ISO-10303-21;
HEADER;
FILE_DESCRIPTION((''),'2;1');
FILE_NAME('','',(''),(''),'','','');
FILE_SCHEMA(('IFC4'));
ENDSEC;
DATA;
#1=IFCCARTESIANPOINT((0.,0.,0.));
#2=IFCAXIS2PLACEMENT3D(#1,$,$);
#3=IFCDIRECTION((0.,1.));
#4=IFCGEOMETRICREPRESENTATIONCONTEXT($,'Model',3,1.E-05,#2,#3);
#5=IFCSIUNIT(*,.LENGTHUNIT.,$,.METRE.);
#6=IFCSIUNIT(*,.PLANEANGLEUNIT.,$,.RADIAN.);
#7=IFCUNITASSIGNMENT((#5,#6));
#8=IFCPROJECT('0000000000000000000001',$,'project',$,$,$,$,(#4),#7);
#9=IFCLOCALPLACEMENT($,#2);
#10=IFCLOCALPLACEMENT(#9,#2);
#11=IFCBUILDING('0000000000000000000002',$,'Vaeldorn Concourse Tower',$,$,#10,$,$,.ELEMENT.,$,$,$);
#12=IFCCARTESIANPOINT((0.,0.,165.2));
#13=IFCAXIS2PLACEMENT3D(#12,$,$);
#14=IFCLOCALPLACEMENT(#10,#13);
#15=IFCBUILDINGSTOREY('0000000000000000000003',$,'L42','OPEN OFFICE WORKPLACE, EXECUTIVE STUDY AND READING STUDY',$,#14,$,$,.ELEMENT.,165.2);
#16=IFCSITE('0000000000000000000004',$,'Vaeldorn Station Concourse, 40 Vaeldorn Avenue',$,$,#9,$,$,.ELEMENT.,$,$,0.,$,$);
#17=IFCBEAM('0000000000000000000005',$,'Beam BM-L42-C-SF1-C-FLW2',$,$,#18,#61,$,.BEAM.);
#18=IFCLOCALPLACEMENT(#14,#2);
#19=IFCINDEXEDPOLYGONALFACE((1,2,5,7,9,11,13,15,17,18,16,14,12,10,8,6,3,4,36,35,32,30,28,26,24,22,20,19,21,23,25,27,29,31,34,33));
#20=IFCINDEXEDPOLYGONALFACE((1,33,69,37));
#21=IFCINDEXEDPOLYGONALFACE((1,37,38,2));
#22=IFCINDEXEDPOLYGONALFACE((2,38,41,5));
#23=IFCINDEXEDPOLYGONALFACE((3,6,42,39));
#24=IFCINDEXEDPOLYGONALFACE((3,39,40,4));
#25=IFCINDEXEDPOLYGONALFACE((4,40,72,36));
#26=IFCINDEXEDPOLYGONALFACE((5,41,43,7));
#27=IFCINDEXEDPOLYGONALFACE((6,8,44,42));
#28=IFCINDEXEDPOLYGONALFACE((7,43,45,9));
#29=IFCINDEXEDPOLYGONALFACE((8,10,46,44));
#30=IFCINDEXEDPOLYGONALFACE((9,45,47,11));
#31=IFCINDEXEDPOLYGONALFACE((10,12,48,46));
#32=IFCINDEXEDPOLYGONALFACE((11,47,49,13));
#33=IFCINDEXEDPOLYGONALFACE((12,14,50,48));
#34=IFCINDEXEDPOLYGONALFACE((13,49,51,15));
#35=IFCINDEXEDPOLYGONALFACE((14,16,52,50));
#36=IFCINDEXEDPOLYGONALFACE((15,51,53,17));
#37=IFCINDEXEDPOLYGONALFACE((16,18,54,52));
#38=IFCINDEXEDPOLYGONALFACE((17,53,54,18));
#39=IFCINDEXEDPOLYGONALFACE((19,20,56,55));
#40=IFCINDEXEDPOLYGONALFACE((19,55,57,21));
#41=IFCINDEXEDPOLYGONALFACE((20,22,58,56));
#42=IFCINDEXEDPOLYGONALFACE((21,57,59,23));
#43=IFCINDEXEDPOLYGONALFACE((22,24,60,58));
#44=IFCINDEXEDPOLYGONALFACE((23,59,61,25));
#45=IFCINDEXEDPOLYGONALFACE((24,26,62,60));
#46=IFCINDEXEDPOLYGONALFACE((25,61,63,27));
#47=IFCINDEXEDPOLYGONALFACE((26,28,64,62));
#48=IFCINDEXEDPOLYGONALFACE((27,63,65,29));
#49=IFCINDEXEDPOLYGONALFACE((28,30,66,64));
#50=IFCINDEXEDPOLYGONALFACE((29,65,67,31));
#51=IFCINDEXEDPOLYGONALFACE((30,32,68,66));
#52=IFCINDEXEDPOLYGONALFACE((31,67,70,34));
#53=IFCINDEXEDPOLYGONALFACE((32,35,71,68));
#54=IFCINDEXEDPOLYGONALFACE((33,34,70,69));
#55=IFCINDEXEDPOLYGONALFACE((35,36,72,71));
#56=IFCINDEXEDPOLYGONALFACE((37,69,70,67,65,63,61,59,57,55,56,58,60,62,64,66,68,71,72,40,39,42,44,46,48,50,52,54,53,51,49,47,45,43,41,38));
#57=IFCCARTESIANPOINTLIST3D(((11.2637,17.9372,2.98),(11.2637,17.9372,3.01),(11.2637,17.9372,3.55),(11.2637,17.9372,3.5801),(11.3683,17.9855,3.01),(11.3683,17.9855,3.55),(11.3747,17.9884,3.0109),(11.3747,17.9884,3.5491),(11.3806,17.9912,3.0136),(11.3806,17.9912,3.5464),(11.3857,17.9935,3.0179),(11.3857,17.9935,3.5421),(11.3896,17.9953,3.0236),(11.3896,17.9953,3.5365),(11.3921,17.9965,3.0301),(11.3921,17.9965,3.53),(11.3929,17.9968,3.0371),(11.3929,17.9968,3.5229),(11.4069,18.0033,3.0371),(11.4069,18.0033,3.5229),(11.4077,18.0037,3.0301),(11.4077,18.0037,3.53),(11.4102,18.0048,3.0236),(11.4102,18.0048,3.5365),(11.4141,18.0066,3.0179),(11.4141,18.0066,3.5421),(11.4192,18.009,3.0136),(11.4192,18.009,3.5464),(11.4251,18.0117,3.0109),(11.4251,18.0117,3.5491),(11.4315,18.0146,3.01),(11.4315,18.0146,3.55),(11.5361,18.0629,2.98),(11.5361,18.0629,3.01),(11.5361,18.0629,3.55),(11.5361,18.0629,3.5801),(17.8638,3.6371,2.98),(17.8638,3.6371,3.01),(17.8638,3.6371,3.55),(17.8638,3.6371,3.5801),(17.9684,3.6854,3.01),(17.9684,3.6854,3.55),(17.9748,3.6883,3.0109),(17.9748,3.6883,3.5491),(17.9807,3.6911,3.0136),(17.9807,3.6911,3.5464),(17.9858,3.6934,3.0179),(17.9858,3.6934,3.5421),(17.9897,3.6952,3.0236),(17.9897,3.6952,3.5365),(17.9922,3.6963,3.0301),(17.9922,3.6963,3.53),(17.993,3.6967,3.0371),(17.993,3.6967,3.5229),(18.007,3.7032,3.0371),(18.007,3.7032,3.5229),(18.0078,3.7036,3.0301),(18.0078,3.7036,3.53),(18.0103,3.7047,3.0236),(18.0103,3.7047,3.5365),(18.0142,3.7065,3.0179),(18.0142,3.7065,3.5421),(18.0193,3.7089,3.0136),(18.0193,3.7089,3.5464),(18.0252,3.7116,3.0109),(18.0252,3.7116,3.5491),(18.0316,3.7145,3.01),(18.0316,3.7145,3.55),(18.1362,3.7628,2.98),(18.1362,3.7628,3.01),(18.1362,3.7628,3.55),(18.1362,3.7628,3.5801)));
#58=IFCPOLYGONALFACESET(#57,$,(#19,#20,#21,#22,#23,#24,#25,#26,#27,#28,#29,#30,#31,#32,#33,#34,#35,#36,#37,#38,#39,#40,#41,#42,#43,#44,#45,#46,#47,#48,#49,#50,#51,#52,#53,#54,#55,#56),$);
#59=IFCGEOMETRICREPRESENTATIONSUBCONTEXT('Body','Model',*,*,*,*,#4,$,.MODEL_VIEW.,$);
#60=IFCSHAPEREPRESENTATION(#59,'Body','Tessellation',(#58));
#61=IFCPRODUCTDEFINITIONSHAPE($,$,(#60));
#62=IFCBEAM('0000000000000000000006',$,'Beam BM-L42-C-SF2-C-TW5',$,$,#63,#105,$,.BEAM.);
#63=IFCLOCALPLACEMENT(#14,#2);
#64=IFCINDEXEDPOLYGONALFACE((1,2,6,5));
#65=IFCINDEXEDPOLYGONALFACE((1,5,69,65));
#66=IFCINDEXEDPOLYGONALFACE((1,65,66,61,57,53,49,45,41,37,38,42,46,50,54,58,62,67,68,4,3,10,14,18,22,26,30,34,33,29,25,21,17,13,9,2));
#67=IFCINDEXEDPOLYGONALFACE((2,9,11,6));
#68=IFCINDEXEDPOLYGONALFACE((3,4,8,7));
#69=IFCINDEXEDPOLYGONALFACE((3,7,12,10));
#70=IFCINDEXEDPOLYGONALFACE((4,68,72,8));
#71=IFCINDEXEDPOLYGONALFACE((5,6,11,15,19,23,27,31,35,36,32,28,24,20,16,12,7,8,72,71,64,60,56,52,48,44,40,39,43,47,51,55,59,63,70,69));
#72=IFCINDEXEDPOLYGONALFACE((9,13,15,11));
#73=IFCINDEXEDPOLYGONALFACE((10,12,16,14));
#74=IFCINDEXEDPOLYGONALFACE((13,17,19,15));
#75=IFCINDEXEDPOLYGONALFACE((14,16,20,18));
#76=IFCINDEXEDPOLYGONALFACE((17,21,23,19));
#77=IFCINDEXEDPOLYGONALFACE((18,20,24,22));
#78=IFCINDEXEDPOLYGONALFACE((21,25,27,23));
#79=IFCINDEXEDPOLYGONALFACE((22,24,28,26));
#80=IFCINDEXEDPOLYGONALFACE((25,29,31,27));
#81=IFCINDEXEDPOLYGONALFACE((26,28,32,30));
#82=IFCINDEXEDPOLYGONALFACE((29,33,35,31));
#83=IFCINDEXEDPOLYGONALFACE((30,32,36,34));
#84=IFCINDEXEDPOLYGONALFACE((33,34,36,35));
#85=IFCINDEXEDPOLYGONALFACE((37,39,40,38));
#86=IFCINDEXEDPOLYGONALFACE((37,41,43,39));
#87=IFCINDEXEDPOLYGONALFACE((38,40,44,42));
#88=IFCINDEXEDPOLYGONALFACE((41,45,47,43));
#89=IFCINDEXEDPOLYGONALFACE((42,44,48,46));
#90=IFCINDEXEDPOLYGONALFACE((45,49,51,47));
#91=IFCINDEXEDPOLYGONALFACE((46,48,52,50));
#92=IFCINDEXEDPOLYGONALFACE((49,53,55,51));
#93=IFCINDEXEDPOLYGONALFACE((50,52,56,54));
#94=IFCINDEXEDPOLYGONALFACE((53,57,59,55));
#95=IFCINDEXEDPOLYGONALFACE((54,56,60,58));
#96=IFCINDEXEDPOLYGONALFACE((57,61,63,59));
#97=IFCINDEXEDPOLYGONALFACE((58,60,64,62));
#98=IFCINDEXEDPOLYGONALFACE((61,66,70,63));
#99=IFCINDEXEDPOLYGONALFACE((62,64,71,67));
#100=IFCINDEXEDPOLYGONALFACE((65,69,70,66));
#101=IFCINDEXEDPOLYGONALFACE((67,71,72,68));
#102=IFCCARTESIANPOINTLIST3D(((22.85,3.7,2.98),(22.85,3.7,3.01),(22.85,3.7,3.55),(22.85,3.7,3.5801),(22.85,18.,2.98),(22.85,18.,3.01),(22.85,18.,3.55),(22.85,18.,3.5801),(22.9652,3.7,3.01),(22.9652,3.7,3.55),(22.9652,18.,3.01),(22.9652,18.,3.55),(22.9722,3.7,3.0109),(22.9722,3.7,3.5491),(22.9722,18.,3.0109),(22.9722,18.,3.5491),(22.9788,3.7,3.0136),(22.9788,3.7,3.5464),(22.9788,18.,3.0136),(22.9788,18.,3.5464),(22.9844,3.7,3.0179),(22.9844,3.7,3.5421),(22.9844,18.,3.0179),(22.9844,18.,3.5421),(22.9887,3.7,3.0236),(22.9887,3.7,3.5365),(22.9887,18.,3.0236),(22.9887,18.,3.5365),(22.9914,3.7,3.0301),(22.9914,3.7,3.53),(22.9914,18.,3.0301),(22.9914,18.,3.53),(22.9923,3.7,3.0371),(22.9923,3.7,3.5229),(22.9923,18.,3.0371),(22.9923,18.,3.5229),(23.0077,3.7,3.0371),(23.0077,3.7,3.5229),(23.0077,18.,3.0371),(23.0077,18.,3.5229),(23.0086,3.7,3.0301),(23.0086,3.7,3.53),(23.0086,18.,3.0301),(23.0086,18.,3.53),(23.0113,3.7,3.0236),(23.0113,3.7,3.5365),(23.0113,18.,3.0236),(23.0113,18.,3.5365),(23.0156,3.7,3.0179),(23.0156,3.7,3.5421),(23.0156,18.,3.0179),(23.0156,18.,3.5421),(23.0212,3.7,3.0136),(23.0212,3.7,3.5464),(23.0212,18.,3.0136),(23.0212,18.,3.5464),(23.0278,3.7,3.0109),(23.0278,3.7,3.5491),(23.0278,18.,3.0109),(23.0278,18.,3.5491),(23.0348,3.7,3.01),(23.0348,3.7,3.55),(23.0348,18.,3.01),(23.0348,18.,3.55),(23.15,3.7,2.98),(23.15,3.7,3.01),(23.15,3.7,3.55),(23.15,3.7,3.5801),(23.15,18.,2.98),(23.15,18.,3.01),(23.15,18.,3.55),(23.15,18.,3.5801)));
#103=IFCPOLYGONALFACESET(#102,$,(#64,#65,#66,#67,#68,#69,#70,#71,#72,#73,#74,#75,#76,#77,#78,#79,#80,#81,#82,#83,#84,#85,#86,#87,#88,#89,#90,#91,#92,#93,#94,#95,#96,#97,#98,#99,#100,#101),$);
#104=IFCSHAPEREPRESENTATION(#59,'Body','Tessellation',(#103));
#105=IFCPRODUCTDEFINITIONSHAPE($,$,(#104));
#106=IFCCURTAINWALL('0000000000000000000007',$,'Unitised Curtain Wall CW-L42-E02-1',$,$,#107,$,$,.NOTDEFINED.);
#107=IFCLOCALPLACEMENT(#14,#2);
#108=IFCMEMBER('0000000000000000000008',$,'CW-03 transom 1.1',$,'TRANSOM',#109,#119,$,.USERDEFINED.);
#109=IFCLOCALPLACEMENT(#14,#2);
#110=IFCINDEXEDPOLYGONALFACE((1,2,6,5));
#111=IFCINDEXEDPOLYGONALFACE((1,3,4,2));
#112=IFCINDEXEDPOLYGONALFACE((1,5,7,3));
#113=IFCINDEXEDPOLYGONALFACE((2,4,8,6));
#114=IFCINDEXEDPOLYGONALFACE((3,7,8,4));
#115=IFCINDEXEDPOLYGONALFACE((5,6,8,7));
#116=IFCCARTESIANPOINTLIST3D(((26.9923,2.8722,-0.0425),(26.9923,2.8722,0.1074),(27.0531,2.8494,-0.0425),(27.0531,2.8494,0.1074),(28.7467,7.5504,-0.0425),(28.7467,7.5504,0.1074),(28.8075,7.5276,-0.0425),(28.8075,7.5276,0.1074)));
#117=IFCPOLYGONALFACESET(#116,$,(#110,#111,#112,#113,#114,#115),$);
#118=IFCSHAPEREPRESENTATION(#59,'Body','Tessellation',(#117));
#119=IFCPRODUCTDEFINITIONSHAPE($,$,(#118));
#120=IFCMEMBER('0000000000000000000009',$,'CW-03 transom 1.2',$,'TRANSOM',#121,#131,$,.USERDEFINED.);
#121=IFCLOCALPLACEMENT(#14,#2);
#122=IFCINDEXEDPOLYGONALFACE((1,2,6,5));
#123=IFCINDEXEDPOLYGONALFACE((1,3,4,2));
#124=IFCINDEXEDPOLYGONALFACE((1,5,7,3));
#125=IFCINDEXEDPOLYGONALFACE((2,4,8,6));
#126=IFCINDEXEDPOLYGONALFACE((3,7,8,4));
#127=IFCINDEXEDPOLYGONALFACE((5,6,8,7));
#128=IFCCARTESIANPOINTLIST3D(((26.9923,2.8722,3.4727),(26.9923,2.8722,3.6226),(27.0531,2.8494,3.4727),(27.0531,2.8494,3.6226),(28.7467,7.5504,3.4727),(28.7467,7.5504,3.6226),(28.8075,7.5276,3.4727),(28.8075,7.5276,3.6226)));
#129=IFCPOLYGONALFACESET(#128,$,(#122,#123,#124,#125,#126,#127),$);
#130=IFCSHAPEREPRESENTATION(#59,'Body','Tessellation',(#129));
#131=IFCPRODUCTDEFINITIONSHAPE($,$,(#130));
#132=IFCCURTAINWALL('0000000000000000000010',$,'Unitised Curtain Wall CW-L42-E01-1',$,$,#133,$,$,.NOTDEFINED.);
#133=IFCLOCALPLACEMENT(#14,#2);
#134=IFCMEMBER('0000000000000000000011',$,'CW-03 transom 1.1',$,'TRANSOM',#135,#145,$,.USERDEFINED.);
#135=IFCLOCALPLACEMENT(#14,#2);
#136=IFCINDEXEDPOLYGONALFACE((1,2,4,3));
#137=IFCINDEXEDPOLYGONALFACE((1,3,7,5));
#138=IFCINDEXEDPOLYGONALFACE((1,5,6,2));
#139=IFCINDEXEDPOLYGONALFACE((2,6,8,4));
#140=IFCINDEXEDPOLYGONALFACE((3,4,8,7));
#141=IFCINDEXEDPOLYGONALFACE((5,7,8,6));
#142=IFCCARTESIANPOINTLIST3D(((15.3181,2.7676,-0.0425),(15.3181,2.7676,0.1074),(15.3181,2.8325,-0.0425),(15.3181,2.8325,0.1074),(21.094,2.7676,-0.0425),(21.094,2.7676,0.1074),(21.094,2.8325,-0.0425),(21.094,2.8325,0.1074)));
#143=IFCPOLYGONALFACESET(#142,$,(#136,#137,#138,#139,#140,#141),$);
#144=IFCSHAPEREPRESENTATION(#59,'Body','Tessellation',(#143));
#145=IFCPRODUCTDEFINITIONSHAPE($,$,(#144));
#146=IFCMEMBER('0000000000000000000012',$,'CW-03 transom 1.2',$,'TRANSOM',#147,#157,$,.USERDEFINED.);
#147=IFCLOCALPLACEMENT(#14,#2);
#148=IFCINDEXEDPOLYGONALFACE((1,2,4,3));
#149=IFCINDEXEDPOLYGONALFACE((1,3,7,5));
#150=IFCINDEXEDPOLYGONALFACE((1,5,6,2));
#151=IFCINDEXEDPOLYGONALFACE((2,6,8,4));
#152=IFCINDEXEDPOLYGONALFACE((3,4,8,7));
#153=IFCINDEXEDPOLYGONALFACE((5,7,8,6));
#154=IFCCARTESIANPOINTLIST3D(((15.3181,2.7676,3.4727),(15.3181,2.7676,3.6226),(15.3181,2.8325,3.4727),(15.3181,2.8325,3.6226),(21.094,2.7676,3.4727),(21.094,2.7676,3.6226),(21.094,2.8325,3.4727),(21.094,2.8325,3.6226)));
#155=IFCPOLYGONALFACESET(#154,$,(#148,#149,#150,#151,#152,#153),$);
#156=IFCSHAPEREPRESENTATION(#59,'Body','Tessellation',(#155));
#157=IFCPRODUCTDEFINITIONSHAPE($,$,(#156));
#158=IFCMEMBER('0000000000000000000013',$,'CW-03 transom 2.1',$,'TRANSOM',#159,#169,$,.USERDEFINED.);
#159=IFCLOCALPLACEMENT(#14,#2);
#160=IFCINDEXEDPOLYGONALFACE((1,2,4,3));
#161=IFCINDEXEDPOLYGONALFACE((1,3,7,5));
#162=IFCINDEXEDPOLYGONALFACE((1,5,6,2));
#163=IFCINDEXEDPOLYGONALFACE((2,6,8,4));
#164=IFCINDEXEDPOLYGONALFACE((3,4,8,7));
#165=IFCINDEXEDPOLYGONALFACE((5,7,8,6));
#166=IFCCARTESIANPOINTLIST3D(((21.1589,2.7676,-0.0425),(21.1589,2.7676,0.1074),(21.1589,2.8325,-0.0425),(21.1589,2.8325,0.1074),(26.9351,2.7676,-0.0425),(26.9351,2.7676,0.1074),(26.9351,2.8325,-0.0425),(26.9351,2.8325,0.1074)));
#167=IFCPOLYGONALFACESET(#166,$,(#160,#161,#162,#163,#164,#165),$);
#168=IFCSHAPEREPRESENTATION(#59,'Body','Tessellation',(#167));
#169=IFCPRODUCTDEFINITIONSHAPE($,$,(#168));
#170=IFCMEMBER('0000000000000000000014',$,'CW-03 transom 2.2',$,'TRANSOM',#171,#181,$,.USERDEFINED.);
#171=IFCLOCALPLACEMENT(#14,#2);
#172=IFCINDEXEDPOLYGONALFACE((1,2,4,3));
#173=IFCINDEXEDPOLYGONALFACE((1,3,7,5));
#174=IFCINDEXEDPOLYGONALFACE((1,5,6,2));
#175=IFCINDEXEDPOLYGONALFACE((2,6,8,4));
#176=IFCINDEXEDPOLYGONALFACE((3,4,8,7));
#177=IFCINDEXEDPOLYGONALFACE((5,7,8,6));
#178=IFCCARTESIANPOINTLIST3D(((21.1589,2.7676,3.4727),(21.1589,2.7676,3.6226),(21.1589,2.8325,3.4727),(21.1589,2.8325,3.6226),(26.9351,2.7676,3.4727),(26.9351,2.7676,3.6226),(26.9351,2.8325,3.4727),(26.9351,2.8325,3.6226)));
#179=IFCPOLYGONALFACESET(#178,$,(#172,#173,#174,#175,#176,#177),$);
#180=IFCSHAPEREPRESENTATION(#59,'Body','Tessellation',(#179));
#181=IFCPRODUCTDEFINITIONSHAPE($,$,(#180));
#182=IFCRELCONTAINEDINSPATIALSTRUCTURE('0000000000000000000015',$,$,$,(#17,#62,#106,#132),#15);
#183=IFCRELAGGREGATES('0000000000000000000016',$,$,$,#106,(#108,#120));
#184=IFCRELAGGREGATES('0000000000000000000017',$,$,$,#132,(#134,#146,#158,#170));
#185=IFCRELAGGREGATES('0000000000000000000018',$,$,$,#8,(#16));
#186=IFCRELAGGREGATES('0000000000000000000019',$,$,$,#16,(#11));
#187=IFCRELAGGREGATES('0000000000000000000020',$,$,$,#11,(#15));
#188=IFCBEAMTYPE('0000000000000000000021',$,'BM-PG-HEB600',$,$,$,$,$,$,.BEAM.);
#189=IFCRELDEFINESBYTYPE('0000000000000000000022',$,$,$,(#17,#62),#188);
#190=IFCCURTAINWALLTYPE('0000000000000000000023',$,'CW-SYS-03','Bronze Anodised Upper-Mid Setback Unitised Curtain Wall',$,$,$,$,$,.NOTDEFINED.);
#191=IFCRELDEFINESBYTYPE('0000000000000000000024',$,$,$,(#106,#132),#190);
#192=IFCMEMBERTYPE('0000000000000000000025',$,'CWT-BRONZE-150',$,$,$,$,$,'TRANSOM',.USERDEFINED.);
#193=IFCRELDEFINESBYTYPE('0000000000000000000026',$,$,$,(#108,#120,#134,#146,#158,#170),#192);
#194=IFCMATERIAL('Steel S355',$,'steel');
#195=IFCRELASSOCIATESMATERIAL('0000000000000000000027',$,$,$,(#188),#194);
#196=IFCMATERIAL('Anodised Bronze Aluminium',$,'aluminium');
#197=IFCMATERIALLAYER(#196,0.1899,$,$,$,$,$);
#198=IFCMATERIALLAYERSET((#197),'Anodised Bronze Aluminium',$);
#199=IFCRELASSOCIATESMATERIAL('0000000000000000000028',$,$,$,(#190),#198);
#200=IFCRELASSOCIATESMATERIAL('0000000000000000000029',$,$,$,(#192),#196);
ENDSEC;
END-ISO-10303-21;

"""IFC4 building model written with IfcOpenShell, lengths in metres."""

from ifc_helpers import new_model, si_unit, direction, frame, origin, origin_2d, place, context, subcontext, project, spatial, rectangle, i_section, extrude, source, transform, mapped, material, layer, layer_set, material_profile, profile_set, type_object, element, aggregate, save


model = new_model("IFC4")

# Units and contexts
model_context = context("Model", 3, precision=1e-05, world=origin(), true_north=direction((0.0, 1.0)))
body_context = subcontext(model_context, "Body", "Model", "MODEL_VIEW")
ifc_project = project(units=[si_unit("LENGTHUNIT", "METRE"), si_unit("PLANEANGLEUNIT", "RADIAN")], contexts=[model_context])

# Site, building, storey
site_placement = place(None, origin())
site = spatial("IfcSite", under=ifc_project, at=site_placement, Name="Vaeldorn Station Concourse, 40 Vaeldorn Avenue", CompositionType="ELEMENT", RefElevation=0.0)
building_placement = place(site_placement, origin())
building = spatial("IfcBuilding", under=site, at=building_placement, Name="Vaeldorn Concourse Tower", CompositionType="ELEMENT")
storey_placement = place(building_placement, frame((0.0, 0.0, 165.2)))
storey = spatial("IfcBuildingStorey", under=building, at=storey_placement, Name="L42", Description="OPEN OFFICE WORKPLACE, EXECUTIVE STUDY AND READING STUDY", CompositionType="ELEMENT", Elevation=165.2)

# Beams
ifc_material_1 = material(Name="Steel S355", Category="steel")
ifc_material_profile_1 = material_profile(ifc_material_1, i_section(OverallWidth=0.3, OverallDepth=0.6001, WebThickness=0.0154, FlangeThickness=0.03, FilletRadius=0.0271, at=origin_2d()), Name="HEB 600")
ifc_profile_set_1 = profile_set([ifc_material_profile_1], Name="Steel S355")
beam_type_1 = type_object("IfcBeamType", Name="BM-PG-HEB600", PredefinedType="BEAM", material=ifc_profile_set_1)
shared_shape_1 = source(origin(), body_context, "Body", "SweptSolid", [
    extrude(i_section(OverallWidth=0.3, OverallDepth=0.6001, WebThickness=0.0154, FlangeThickness=0.03, FilletRadius=0.0271, at=origin_2d()), origin(), (0.0, 0.0, 1.0), 15.7498),
])
beam_1_placement = place(storey_placement, frame((18.0, 3.7, 3.28), z_axis=(-0.419062, 0.907958, 0.0), x_axis=(-0.907958, -0.419062, 0.0)))
element("IfcBeam", 1, at=beam_1_placement, inside=storey, type_object=beam_type_1, Name="Beam BM-L42-C-SF1-C-FLW2", PredefinedType="BEAM", context=body_context, shape_type="MappedRepresentation", body=[
    mapped(shared_shape_1, transform((0.0, 0.0, 0.0), scale=1.0)),
])
shared_shape_2 = source(origin(), body_context, "Body", "SweptSolid", [
    extrude(i_section(OverallWidth=0.3, OverallDepth=0.6001, WebThickness=0.0154, FlangeThickness=0.03, FilletRadius=0.0271, at=origin_2d()), origin(), (0.0, 0.0, 1.0), 14.3),
])
beam_2_placement = place(storey_placement, frame((23.0, 3.7, 3.28), z_axis=(0.0, 1.0, 0.0), x_axis=(-1.0, 0.0, 0.0)))
element("IfcBeam", 2, at=beam_2_placement, inside=storey, type_object=beam_type_1, Name="Beam BM-L42-C-SF2-C-TW5", PredefinedType="BEAM", context=body_context, shape_type="MappedRepresentation", body=[
    mapped(shared_shape_2, transform((0.0, 0.0, 0.0), scale=1.0)),
])

# Curtain walls, members
ifc_material_2 = material(Name="Anodised Bronze Aluminium", Category="aluminium")
ifc_layer_1 = layer(ifc_material_2, 0.1899)
ifc_layer_set_1 = layer_set([ifc_layer_1], Name="Anodised Bronze Aluminium")
curtain_wall_type = type_object("IfcCurtainWallType", Name="CW-SYS-03", Description="Bronze Anodised Upper-Mid Setback Unitised Curtain Wall", PredefinedType="NOTDEFINED", material=ifc_layer_set_1)
curtain_wall_1_placement = place(storey_placement, origin())
curtain_wall_1 = element("IfcCurtainWall", 3, at=curtain_wall_1_placement, inside=storey, type_object=curtain_wall_type, Name="Unitised Curtain Wall CW-L42-E02-1", PredefinedType="NOTDEFINED")
ifc_material_profile_2 = material_profile(ifc_material_2, rectangle(XDim=0.0649, YDim=0.1499, at=origin_2d()), Name="CWT 65x150")
ifc_profile_set_2 = profile_set([ifc_material_profile_2], Name="Anodised Bronze Aluminium")
member_type_1 = type_object("IfcMemberType", Name="CWT-BRONZE-150", ElementType="TRANSOM", PredefinedType="USERDEFINED", material=ifc_profile_set_2)
shared_shape_3 = source(origin(), body_context, "Body", "SweptSolid", [
    extrude(rectangle(XDim=0.0649, YDim=0.1499, at=origin_2d()), origin(), (0.0, 0.0, 1.0), 4.9963),
])
member_1_placement = place(storey_placement, frame((27.0227, 2.8608, 0.0325), z_axis=(0.351134, 0.936325, 0.0), x_axis=(-0.936325, 0.351134, 0.0)))
member_1 = element("IfcMember", 4, at=member_1_placement, type_object=member_type_1, Name="CW-03 transom 1.1", ObjectType="TRANSOM", PredefinedType="USERDEFINED", context=body_context, shape_type="MappedRepresentation", body=[
    mapped(shared_shape_3, transform((0.0, 0.0, 0.0), scale=1.0)),
])
member_2_placement = place(storey_placement, frame((27.0227, 2.8608, 3.5476), z_axis=(0.351134, 0.936325, 0.0), x_axis=(-0.936325, 0.351134, 0.0)))
member_2 = element("IfcMember", 5, at=member_2_placement, type_object=member_type_1, Name="CW-03 transom 1.2", ObjectType="TRANSOM", PredefinedType="USERDEFINED", context=body_context, shape_type="MappedRepresentation", body=[
    mapped(shared_shape_3, transform((0.0, 0.0, 0.0), scale=1.0)),
])
curtain_wall_2_placement = place(storey_placement, origin())
curtain_wall_2 = element("IfcCurtainWall", 6, at=curtain_wall_2_placement, inside=storey, type_object=curtain_wall_type, Name="Unitised Curtain Wall CW-L42-E01-1", PredefinedType="NOTDEFINED")
shared_shape_4 = source(origin(), body_context, "Body", "SweptSolid", [
    extrude(rectangle(XDim=0.0649, YDim=0.1499, at=origin_2d()), origin(), (0.0, 0.0, 1.0), 5.7759),
])
member_3_placement = place(storey_placement, frame((15.3181, 2.8, 0.0325), z_axis=(1.0, 0.0, 0.0), x_axis=(0.0, 1.0, 0.0)))
member_3 = element("IfcMember", 7, at=member_3_placement, type_object=member_type_1, Name="CW-03 transom 1.1", ObjectType="TRANSOM", PredefinedType="USERDEFINED", context=body_context, shape_type="MappedRepresentation", body=[
    mapped(shared_shape_4, transform((0.0, 0.0, 0.0), scale=1.0)),
])
member_4_placement = place(storey_placement, frame((15.3181, 2.8, 3.5476), z_axis=(1.0, 0.0, 0.0), x_axis=(0.0, 1.0, 0.0)))
member_4 = element("IfcMember", 8, at=member_4_placement, type_object=member_type_1, Name="CW-03 transom 1.2", ObjectType="TRANSOM", PredefinedType="USERDEFINED", context=body_context, shape_type="MappedRepresentation", body=[
    mapped(shared_shape_4, transform((0.0, 0.0, 0.0), scale=1.0)),
])
shared_shape_5 = source(origin(), body_context, "Body", "SweptSolid", [
    extrude(rectangle(XDim=0.0649, YDim=0.1499, at=origin_2d()), origin(), (0.0, 0.0, 1.0), 5.7761),
])
member_5_placement = place(storey_placement, frame((21.1589, 2.8, 0.0325), z_axis=(1.0, 0.0, 0.0), x_axis=(0.0, 1.0, 0.0)))
member_5 = element("IfcMember", 9, at=member_5_placement, type_object=member_type_1, Name="CW-03 transom 2.1", ObjectType="TRANSOM", PredefinedType="USERDEFINED", context=body_context, shape_type="MappedRepresentation", body=[
    mapped(shared_shape_5, transform((0.0, 0.0, 0.0), scale=1.0)),
])
member_6_placement = place(storey_placement, frame((21.1589, 2.8, 3.5476), z_axis=(1.0, 0.0, 0.0), x_axis=(0.0, 1.0, 0.0)))
member_6 = element("IfcMember", 10, at=member_6_placement, type_object=member_type_1, Name="CW-03 transom 2.2", ObjectType="TRANSOM", PredefinedType="USERDEFINED", context=body_context, shape_type="MappedRepresentation", body=[
    mapped(shared_shape_5, transform((0.0, 0.0, 0.0), scale=1.0)),
])

aggregate(curtain_wall_1, [member_1, member_2])

aggregate(curtain_wall_2, [member_3, member_4, member_5, member_6])

save(model, "model.ifc")
